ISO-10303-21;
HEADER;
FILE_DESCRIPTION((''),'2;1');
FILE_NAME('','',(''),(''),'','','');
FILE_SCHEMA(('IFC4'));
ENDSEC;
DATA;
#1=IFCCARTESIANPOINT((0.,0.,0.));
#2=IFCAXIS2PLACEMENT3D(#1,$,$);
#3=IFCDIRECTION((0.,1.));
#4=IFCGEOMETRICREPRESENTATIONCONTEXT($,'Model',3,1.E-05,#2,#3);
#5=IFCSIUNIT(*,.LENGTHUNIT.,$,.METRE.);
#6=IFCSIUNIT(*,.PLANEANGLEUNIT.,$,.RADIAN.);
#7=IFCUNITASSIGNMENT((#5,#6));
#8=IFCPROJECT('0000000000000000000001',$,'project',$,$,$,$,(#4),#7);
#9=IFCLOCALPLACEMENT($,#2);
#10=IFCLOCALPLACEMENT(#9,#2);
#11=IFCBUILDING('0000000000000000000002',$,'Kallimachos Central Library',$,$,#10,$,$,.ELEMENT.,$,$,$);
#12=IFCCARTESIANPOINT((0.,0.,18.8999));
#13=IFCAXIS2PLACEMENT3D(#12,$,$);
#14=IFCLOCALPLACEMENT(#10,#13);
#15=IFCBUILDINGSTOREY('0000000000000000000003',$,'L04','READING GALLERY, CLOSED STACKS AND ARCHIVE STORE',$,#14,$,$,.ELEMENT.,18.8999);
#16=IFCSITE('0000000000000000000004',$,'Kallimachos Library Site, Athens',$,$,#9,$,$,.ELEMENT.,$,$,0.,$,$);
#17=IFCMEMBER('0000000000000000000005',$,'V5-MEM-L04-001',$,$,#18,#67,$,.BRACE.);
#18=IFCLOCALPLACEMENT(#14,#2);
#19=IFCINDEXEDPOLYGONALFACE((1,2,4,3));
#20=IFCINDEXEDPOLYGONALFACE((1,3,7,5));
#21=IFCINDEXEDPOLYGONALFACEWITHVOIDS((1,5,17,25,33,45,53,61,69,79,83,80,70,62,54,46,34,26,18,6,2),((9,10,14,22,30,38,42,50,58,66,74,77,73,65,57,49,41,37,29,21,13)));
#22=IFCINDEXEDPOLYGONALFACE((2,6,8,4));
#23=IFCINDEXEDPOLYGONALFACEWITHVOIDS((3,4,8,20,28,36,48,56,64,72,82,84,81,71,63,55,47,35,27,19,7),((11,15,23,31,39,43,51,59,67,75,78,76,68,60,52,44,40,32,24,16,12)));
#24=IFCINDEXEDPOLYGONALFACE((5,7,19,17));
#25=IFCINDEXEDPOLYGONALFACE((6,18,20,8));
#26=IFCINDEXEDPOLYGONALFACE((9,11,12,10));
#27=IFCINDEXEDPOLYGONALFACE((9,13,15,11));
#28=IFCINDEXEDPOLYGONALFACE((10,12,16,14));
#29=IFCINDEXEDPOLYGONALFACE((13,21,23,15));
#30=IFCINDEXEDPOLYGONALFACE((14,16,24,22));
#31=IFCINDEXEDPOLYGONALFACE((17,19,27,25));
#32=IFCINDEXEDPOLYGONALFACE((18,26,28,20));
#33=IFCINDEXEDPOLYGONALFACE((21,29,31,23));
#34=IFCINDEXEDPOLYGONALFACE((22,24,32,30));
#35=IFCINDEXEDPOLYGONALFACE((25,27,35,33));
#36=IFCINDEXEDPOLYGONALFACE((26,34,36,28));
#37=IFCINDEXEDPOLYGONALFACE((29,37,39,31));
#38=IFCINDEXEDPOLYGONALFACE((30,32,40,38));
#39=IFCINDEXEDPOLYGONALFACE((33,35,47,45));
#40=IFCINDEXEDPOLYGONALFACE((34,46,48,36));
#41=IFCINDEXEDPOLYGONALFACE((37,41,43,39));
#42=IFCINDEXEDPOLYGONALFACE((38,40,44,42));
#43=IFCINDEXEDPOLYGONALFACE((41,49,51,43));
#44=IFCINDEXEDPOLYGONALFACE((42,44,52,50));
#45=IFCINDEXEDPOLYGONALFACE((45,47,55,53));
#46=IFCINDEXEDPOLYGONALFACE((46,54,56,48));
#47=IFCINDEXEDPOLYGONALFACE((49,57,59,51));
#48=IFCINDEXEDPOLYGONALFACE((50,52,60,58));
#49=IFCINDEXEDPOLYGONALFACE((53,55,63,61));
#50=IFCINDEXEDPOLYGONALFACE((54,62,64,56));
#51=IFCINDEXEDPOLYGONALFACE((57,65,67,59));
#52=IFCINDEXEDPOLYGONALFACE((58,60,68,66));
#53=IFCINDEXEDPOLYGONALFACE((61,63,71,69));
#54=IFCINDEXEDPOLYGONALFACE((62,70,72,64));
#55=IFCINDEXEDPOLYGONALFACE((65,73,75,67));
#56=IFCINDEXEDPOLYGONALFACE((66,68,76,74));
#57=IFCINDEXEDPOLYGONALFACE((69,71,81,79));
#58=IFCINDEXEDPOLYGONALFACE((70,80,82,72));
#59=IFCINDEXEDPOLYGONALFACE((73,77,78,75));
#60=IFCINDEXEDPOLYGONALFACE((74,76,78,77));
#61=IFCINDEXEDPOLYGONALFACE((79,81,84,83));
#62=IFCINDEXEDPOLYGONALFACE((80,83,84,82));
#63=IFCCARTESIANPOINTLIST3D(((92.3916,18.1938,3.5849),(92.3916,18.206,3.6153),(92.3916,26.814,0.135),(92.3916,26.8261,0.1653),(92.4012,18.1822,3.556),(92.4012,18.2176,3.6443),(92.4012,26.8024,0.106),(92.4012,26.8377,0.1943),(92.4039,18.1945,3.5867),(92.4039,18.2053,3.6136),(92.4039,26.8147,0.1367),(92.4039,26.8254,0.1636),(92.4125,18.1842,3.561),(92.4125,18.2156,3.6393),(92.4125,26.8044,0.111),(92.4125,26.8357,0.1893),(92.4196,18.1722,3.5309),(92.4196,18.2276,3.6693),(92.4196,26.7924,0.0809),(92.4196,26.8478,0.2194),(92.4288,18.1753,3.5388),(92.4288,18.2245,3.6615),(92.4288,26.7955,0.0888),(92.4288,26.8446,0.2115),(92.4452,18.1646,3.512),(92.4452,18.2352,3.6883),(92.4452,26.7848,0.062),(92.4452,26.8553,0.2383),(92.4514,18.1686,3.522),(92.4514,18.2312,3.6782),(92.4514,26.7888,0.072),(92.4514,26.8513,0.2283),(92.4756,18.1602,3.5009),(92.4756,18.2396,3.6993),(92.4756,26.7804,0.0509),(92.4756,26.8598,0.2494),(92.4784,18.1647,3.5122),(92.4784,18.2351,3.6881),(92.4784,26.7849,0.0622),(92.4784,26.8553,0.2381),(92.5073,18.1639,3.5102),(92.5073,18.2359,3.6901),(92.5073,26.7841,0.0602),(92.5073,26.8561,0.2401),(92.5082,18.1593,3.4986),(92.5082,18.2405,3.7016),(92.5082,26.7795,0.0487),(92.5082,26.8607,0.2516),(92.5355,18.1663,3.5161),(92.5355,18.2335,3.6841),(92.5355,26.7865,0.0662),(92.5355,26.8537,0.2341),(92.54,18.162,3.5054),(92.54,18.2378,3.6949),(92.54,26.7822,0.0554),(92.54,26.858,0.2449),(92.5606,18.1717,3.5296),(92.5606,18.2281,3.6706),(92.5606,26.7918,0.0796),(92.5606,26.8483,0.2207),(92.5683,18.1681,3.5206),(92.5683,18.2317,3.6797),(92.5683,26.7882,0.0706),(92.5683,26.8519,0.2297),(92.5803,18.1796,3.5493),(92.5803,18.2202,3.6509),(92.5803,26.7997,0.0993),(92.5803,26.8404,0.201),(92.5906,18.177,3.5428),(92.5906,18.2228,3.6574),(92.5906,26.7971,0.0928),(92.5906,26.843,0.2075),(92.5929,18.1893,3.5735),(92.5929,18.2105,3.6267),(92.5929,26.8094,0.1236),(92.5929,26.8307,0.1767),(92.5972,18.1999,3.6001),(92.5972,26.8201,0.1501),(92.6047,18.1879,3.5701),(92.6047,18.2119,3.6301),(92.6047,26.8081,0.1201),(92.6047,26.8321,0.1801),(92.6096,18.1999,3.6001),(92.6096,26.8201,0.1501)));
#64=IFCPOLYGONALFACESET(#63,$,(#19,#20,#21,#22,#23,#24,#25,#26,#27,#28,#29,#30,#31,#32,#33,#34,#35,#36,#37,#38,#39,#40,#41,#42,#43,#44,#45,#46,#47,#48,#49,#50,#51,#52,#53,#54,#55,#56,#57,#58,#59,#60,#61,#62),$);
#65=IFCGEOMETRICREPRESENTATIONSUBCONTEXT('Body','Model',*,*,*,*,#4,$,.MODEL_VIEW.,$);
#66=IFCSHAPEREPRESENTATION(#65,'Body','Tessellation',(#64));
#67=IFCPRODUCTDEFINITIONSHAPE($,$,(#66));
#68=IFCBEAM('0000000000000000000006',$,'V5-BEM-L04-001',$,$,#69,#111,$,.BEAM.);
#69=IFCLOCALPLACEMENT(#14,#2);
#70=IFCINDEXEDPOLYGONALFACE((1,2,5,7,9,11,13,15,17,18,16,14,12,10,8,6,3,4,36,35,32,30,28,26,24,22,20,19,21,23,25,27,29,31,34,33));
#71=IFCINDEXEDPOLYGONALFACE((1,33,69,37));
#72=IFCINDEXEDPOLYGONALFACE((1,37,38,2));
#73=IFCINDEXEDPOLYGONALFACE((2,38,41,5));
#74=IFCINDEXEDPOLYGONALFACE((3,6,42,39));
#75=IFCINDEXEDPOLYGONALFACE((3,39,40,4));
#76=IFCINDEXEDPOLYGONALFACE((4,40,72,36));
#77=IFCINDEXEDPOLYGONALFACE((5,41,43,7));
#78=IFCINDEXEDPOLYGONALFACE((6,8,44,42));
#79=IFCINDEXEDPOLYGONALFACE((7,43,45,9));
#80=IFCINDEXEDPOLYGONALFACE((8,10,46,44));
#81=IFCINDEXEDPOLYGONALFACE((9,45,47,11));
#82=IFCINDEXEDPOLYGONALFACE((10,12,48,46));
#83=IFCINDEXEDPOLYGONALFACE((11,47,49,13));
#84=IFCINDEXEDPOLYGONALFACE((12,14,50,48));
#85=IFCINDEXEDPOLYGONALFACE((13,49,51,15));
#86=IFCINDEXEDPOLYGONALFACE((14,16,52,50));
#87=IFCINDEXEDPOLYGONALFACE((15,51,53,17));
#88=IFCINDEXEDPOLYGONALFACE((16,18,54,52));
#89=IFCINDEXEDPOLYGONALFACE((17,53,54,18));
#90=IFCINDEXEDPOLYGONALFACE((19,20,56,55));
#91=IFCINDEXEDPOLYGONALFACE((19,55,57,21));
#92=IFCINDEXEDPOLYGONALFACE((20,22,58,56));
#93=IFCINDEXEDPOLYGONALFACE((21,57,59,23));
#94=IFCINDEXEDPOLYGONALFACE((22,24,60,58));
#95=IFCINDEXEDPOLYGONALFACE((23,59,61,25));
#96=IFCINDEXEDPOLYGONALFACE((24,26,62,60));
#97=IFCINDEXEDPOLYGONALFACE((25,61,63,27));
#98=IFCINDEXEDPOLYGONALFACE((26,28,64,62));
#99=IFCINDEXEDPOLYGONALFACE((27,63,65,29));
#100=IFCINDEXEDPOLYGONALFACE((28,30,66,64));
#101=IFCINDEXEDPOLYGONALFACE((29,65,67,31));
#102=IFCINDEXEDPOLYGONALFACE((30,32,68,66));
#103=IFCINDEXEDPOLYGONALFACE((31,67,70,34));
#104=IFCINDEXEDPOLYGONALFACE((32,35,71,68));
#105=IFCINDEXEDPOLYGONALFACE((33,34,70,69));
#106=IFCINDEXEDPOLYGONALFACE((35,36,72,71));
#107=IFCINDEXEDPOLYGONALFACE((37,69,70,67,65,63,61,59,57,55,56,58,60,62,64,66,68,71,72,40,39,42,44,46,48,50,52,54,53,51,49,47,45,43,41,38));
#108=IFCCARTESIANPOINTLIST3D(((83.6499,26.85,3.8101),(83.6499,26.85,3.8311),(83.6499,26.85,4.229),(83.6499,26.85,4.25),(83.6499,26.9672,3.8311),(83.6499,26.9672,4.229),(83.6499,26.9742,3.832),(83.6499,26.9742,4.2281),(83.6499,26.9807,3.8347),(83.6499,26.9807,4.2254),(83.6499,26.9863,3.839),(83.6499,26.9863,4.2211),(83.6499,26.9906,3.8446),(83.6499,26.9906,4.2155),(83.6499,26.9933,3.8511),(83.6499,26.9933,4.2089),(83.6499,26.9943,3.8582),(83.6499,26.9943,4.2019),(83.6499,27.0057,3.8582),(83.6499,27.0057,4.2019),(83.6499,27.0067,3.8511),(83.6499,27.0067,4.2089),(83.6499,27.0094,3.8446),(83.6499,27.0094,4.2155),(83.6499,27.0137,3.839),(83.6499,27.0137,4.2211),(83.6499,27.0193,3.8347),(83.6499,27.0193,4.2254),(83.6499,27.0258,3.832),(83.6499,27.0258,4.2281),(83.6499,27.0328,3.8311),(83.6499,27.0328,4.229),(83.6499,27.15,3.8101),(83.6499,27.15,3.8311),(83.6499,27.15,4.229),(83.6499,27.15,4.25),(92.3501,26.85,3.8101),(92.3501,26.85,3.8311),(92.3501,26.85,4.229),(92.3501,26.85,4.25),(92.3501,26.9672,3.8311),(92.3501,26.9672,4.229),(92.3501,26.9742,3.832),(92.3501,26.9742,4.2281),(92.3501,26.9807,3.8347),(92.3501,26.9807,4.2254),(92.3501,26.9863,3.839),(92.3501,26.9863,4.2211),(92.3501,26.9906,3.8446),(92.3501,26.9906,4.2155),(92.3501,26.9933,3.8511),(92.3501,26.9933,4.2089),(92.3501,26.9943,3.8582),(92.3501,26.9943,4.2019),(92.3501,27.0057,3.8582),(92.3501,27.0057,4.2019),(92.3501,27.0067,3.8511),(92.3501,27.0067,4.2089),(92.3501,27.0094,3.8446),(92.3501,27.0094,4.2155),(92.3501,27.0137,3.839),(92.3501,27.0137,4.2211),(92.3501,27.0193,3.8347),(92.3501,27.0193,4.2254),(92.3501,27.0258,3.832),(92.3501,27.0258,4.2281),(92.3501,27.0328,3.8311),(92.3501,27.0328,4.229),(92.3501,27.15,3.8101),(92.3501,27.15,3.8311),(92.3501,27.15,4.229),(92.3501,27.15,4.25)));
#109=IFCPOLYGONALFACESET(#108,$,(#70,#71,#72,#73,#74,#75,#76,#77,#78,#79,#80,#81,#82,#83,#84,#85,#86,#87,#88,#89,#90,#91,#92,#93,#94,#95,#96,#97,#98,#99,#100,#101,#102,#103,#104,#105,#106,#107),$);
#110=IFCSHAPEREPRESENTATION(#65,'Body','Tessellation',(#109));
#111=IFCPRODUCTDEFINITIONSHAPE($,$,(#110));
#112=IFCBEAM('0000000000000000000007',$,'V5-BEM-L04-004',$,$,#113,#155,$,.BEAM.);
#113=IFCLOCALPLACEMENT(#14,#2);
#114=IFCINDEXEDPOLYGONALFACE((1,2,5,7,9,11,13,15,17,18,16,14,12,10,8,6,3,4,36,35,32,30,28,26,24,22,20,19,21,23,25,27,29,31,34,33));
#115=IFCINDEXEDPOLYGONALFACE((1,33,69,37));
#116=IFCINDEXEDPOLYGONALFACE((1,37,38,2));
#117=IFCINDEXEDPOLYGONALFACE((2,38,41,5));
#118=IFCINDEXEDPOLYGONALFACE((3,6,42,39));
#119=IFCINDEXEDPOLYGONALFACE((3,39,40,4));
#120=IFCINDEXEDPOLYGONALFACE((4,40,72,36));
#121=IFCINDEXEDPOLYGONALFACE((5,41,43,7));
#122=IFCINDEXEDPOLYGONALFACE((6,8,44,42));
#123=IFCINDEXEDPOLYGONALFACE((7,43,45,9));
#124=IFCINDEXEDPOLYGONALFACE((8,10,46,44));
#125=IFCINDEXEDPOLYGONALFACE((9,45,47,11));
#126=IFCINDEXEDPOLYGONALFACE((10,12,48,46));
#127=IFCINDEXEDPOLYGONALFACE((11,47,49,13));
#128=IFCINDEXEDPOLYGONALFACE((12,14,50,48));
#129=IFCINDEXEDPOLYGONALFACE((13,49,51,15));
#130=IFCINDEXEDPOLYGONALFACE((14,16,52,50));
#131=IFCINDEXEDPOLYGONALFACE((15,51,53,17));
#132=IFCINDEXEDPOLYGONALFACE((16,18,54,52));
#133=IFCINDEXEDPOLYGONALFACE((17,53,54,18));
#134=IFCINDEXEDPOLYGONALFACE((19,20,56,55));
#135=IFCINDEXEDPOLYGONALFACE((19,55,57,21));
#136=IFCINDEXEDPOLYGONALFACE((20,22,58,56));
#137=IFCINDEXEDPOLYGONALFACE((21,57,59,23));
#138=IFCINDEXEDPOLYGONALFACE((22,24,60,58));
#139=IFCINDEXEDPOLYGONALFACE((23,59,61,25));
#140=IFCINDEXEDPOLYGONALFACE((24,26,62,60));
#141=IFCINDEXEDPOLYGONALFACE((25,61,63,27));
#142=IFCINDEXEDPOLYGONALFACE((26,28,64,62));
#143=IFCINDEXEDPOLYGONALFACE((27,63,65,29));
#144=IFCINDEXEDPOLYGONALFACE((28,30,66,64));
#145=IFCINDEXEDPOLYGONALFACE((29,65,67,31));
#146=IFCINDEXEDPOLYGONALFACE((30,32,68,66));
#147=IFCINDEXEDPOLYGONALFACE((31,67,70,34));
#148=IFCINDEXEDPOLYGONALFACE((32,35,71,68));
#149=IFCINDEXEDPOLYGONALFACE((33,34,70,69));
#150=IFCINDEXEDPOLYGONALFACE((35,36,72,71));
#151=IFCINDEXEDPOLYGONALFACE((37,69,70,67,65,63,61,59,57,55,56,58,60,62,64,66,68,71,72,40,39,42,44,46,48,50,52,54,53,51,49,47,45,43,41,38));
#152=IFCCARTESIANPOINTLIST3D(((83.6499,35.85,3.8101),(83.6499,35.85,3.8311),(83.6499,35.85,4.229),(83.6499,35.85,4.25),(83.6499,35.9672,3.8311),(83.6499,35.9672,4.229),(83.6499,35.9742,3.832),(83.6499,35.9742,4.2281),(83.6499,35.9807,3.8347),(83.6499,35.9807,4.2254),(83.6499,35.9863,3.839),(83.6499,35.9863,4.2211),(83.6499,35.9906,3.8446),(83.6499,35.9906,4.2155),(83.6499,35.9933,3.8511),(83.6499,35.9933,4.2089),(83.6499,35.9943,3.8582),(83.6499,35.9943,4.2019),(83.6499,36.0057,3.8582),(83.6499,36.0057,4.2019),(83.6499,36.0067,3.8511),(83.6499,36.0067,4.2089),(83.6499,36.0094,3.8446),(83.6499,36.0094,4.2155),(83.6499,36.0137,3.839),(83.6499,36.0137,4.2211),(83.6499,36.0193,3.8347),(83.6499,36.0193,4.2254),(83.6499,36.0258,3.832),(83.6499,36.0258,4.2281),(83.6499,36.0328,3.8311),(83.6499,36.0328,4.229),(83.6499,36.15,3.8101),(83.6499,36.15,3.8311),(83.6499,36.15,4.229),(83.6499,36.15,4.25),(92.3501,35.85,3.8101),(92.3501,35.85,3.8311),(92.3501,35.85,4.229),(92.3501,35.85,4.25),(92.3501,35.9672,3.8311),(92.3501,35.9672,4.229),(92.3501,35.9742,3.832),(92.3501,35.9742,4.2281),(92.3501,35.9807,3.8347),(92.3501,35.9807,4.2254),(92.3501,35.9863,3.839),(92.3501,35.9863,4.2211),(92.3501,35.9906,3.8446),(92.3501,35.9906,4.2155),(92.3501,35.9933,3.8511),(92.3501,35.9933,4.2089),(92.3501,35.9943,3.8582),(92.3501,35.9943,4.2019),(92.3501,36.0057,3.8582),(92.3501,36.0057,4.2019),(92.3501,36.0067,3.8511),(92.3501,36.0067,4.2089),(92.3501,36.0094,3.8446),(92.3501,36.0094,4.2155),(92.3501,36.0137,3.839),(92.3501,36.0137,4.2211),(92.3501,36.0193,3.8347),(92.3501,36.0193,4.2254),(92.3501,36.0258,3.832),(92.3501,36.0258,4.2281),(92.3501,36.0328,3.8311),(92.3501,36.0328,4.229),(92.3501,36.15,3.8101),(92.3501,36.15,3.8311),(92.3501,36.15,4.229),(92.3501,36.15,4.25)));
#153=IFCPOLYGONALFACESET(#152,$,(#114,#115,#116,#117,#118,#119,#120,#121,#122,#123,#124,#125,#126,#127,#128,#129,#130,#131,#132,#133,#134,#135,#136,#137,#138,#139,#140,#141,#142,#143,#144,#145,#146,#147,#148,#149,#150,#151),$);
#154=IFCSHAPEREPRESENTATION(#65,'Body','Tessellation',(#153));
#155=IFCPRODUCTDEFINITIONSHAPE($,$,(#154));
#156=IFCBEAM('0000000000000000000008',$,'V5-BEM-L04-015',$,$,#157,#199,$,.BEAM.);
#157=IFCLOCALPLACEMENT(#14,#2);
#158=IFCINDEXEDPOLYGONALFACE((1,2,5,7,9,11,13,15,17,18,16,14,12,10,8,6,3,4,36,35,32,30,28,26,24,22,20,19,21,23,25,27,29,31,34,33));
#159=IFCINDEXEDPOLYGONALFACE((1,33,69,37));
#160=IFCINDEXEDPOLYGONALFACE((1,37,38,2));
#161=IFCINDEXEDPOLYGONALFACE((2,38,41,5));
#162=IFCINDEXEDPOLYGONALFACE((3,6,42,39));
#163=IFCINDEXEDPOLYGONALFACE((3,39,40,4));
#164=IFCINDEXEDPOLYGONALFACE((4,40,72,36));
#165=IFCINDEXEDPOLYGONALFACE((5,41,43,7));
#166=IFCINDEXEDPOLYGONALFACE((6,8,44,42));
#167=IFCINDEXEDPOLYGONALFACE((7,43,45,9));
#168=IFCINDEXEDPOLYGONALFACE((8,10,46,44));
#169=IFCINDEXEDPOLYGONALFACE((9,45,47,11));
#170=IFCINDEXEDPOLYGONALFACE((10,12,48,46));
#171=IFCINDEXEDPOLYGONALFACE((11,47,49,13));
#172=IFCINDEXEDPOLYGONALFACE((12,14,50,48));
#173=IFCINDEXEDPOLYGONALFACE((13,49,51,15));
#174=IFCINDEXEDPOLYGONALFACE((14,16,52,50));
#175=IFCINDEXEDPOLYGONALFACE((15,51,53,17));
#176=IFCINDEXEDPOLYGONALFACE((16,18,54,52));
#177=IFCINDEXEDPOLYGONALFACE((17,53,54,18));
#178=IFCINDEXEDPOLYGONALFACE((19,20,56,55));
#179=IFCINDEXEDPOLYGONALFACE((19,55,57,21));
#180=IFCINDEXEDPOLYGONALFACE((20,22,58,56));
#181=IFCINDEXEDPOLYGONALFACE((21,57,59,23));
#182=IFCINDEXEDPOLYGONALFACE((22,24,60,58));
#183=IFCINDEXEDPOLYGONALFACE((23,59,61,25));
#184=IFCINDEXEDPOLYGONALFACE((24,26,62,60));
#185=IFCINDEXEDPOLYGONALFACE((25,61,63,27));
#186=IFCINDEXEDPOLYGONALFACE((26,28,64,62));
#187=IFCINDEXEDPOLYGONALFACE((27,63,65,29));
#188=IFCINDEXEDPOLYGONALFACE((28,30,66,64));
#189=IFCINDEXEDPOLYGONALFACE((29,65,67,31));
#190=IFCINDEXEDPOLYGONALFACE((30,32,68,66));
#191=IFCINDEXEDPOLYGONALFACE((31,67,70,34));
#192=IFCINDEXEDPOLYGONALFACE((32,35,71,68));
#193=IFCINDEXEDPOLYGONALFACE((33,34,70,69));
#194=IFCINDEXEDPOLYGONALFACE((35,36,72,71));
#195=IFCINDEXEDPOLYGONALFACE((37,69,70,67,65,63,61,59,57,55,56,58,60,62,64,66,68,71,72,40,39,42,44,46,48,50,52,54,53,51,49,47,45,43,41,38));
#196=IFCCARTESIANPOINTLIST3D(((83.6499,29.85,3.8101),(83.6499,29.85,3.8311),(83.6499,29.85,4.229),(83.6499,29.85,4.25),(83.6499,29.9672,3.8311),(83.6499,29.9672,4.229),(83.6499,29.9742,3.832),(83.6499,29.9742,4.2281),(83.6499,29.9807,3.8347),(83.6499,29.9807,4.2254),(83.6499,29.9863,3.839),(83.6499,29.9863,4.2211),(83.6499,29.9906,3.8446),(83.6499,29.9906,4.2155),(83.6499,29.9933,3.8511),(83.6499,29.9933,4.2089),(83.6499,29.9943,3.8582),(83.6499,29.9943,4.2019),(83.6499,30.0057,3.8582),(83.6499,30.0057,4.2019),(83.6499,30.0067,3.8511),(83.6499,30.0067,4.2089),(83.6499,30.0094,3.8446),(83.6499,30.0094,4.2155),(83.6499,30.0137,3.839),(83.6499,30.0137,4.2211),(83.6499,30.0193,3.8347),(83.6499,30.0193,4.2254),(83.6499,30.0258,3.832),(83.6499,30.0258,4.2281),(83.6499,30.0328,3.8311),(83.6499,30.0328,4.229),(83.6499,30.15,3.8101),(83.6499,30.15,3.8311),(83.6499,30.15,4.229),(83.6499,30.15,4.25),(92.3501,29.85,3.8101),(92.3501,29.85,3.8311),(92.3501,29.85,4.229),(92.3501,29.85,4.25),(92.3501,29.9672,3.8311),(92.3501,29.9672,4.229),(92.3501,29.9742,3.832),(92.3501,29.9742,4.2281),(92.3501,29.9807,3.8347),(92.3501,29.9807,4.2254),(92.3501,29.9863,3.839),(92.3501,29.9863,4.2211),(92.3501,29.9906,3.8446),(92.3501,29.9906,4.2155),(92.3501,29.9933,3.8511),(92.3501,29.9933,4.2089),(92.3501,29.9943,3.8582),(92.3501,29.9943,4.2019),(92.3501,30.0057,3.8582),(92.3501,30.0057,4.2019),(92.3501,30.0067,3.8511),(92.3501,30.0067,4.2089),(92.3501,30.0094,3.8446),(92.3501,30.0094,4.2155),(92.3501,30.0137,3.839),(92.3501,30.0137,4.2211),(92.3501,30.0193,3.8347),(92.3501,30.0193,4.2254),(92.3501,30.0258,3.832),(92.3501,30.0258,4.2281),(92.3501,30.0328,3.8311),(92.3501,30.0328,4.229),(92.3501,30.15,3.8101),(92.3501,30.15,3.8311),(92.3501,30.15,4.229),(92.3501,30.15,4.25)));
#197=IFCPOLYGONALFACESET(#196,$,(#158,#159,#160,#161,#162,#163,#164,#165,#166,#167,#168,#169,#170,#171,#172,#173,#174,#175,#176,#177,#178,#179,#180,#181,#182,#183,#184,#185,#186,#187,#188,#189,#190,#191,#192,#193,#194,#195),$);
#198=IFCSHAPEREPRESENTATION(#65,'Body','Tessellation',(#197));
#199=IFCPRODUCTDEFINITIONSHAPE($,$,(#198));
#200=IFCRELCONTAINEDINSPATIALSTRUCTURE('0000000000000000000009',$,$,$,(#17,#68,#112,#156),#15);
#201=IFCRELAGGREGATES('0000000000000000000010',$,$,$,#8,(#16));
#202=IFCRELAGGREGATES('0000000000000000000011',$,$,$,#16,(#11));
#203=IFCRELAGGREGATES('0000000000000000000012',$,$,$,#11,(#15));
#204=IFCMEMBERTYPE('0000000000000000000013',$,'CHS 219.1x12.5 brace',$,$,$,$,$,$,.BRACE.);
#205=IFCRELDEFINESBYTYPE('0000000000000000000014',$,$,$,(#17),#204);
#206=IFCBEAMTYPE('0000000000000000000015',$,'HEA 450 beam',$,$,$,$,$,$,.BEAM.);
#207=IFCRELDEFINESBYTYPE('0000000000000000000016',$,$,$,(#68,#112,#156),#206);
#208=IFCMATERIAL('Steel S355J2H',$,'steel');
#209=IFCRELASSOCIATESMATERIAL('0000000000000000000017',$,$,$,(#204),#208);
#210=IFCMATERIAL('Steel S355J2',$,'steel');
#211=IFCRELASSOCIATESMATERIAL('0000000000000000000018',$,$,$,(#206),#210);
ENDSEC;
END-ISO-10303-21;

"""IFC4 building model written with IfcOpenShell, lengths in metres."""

from ifc_helpers import new_model, si_unit, direction, frame, origin, origin_2d, place, context, subcontext, project, spatial, hollow_circle, i_section, extrude, material, material_profile, profile_set, type_object, element, save


model = new_model("IFC4")

# Units and contexts
model_context = context("Model", 3, precision=1e-05, world=origin(), true_north=direction((0.0, 1.0)))
body_context = subcontext(model_context, "Body", "Model", "MODEL_VIEW")
ifc_project = project(units=[si_unit("LENGTHUNIT", "METRE"), si_unit("PLANEANGLEUNIT", "RADIAN")], contexts=[model_context])

# Site, building, storey
site_placement = place(None, origin())
site = spatial("IfcSite", under=ifc_project, at=site_placement, Name="Kallimachos Library Site, Athens", CompositionType="ELEMENT", RefElevation=0.0)
building_placement = place(site_placement, origin())
building = spatial("IfcBuilding", under=site, at=building_placement, Name="Kallimachos Central Library", CompositionType="ELEMENT")
storey_placement = place(building_placement, frame((0.0, 0.0, 18.8999)))
storey = spatial("IfcBuildingStorey", under=building, at=storey_placement, Name="L04", Description="READING GALLERY, CLOSED STACKS AND ARCHIVE STORE", CompositionType="ELEMENT", Elevation=18.8999)

# Member
ifc_material_1 = material(Name="Steel S355J2H", Category="steel")
ifc_material_profile_1 = material_profile(ifc_material_1, hollow_circle(Radius=0.1096, WallThickness=0.0125, at=origin_2d()), Name="CHS 219.1x12.5")
ifc_profile_set_1 = profile_set([ifc_material_profile_1], Name="Steel S355J2H")
member_type = type_object("IfcMemberType", Name="CHS 219.1x12.5 brace", PredefinedType="BRACE", material=ifc_profile_set_1)
member_placement = place(storey_placement, frame((92.5, 26.8201, 0.1501), z_axis=(0.0, -0.928406, 0.371567), x_axis=(1.0, 0.0, 0.0)))
element("IfcMember", 1, at=member_placement, inside=storey, type_object=member_type, Name="V5-MEM-L04-001", PredefinedType="BRACE", context=body_context, shape_type="SweptSolid", body=[
    extrude(hollow_circle(Radius=0.1096, WallThickness=0.0125, at=origin_2d()), origin(), (0.0, 0.0, 1.0), 9.2849),
])

# Beams
ifc_material_2 = material(Name="Steel S355J2", Category="steel")
ifc_material_profile_2 = material_profile(ifc_material_2, i_section(OverallWidth=0.3, OverallDepth=0.4399, WebThickness=0.0115, FlangeThickness=0.021, FilletRadius=0.0271, at=origin_2d()), Name="HEA 450")
ifc_profile_set_2 = profile_set([ifc_material_profile_2], Name="Steel S355J2")
beam_type_1 = type_object("IfcBeamType", Name="HEA 450 beam", PredefinedType="BEAM", material=ifc_profile_set_2)
for number, where, z_axis, x_axis, name in (
    (2, (83.6499, 27.0, 4.03), (1.0, 0.0, 0.0), (0.0, 1.0, 0.0), "V5-BEM-L04-001"),
    (3, (83.6499, 36.0, 4.03), (1.0, 0.0, 0.0), (0.0, 1.0, 0.0), "V5-BEM-L04-004"),
    (4, (83.6499, 30.0, 4.03), (1.0, 0.0, 0.0), (0.0, 1.0, 0.0), "V5-BEM-L04-015"),
):
    element("IfcBeam", number, at=place(storey_placement, frame(where, z_axis=z_axis, x_axis=x_axis)), inside=storey, type_object=beam_type_1, Name=name, PredefinedType="BEAM", context=body_context, shape_type="SweptSolid", body=[
        extrude(i_section(OverallWidth=0.3, OverallDepth=0.4399, WebThickness=0.0115, FlangeThickness=0.021, FilletRadius=0.0271, at=origin_2d()), origin(), (0.0, 0.0, 1.0), 8.7002),
    ])

save(model, "model.ifc")
